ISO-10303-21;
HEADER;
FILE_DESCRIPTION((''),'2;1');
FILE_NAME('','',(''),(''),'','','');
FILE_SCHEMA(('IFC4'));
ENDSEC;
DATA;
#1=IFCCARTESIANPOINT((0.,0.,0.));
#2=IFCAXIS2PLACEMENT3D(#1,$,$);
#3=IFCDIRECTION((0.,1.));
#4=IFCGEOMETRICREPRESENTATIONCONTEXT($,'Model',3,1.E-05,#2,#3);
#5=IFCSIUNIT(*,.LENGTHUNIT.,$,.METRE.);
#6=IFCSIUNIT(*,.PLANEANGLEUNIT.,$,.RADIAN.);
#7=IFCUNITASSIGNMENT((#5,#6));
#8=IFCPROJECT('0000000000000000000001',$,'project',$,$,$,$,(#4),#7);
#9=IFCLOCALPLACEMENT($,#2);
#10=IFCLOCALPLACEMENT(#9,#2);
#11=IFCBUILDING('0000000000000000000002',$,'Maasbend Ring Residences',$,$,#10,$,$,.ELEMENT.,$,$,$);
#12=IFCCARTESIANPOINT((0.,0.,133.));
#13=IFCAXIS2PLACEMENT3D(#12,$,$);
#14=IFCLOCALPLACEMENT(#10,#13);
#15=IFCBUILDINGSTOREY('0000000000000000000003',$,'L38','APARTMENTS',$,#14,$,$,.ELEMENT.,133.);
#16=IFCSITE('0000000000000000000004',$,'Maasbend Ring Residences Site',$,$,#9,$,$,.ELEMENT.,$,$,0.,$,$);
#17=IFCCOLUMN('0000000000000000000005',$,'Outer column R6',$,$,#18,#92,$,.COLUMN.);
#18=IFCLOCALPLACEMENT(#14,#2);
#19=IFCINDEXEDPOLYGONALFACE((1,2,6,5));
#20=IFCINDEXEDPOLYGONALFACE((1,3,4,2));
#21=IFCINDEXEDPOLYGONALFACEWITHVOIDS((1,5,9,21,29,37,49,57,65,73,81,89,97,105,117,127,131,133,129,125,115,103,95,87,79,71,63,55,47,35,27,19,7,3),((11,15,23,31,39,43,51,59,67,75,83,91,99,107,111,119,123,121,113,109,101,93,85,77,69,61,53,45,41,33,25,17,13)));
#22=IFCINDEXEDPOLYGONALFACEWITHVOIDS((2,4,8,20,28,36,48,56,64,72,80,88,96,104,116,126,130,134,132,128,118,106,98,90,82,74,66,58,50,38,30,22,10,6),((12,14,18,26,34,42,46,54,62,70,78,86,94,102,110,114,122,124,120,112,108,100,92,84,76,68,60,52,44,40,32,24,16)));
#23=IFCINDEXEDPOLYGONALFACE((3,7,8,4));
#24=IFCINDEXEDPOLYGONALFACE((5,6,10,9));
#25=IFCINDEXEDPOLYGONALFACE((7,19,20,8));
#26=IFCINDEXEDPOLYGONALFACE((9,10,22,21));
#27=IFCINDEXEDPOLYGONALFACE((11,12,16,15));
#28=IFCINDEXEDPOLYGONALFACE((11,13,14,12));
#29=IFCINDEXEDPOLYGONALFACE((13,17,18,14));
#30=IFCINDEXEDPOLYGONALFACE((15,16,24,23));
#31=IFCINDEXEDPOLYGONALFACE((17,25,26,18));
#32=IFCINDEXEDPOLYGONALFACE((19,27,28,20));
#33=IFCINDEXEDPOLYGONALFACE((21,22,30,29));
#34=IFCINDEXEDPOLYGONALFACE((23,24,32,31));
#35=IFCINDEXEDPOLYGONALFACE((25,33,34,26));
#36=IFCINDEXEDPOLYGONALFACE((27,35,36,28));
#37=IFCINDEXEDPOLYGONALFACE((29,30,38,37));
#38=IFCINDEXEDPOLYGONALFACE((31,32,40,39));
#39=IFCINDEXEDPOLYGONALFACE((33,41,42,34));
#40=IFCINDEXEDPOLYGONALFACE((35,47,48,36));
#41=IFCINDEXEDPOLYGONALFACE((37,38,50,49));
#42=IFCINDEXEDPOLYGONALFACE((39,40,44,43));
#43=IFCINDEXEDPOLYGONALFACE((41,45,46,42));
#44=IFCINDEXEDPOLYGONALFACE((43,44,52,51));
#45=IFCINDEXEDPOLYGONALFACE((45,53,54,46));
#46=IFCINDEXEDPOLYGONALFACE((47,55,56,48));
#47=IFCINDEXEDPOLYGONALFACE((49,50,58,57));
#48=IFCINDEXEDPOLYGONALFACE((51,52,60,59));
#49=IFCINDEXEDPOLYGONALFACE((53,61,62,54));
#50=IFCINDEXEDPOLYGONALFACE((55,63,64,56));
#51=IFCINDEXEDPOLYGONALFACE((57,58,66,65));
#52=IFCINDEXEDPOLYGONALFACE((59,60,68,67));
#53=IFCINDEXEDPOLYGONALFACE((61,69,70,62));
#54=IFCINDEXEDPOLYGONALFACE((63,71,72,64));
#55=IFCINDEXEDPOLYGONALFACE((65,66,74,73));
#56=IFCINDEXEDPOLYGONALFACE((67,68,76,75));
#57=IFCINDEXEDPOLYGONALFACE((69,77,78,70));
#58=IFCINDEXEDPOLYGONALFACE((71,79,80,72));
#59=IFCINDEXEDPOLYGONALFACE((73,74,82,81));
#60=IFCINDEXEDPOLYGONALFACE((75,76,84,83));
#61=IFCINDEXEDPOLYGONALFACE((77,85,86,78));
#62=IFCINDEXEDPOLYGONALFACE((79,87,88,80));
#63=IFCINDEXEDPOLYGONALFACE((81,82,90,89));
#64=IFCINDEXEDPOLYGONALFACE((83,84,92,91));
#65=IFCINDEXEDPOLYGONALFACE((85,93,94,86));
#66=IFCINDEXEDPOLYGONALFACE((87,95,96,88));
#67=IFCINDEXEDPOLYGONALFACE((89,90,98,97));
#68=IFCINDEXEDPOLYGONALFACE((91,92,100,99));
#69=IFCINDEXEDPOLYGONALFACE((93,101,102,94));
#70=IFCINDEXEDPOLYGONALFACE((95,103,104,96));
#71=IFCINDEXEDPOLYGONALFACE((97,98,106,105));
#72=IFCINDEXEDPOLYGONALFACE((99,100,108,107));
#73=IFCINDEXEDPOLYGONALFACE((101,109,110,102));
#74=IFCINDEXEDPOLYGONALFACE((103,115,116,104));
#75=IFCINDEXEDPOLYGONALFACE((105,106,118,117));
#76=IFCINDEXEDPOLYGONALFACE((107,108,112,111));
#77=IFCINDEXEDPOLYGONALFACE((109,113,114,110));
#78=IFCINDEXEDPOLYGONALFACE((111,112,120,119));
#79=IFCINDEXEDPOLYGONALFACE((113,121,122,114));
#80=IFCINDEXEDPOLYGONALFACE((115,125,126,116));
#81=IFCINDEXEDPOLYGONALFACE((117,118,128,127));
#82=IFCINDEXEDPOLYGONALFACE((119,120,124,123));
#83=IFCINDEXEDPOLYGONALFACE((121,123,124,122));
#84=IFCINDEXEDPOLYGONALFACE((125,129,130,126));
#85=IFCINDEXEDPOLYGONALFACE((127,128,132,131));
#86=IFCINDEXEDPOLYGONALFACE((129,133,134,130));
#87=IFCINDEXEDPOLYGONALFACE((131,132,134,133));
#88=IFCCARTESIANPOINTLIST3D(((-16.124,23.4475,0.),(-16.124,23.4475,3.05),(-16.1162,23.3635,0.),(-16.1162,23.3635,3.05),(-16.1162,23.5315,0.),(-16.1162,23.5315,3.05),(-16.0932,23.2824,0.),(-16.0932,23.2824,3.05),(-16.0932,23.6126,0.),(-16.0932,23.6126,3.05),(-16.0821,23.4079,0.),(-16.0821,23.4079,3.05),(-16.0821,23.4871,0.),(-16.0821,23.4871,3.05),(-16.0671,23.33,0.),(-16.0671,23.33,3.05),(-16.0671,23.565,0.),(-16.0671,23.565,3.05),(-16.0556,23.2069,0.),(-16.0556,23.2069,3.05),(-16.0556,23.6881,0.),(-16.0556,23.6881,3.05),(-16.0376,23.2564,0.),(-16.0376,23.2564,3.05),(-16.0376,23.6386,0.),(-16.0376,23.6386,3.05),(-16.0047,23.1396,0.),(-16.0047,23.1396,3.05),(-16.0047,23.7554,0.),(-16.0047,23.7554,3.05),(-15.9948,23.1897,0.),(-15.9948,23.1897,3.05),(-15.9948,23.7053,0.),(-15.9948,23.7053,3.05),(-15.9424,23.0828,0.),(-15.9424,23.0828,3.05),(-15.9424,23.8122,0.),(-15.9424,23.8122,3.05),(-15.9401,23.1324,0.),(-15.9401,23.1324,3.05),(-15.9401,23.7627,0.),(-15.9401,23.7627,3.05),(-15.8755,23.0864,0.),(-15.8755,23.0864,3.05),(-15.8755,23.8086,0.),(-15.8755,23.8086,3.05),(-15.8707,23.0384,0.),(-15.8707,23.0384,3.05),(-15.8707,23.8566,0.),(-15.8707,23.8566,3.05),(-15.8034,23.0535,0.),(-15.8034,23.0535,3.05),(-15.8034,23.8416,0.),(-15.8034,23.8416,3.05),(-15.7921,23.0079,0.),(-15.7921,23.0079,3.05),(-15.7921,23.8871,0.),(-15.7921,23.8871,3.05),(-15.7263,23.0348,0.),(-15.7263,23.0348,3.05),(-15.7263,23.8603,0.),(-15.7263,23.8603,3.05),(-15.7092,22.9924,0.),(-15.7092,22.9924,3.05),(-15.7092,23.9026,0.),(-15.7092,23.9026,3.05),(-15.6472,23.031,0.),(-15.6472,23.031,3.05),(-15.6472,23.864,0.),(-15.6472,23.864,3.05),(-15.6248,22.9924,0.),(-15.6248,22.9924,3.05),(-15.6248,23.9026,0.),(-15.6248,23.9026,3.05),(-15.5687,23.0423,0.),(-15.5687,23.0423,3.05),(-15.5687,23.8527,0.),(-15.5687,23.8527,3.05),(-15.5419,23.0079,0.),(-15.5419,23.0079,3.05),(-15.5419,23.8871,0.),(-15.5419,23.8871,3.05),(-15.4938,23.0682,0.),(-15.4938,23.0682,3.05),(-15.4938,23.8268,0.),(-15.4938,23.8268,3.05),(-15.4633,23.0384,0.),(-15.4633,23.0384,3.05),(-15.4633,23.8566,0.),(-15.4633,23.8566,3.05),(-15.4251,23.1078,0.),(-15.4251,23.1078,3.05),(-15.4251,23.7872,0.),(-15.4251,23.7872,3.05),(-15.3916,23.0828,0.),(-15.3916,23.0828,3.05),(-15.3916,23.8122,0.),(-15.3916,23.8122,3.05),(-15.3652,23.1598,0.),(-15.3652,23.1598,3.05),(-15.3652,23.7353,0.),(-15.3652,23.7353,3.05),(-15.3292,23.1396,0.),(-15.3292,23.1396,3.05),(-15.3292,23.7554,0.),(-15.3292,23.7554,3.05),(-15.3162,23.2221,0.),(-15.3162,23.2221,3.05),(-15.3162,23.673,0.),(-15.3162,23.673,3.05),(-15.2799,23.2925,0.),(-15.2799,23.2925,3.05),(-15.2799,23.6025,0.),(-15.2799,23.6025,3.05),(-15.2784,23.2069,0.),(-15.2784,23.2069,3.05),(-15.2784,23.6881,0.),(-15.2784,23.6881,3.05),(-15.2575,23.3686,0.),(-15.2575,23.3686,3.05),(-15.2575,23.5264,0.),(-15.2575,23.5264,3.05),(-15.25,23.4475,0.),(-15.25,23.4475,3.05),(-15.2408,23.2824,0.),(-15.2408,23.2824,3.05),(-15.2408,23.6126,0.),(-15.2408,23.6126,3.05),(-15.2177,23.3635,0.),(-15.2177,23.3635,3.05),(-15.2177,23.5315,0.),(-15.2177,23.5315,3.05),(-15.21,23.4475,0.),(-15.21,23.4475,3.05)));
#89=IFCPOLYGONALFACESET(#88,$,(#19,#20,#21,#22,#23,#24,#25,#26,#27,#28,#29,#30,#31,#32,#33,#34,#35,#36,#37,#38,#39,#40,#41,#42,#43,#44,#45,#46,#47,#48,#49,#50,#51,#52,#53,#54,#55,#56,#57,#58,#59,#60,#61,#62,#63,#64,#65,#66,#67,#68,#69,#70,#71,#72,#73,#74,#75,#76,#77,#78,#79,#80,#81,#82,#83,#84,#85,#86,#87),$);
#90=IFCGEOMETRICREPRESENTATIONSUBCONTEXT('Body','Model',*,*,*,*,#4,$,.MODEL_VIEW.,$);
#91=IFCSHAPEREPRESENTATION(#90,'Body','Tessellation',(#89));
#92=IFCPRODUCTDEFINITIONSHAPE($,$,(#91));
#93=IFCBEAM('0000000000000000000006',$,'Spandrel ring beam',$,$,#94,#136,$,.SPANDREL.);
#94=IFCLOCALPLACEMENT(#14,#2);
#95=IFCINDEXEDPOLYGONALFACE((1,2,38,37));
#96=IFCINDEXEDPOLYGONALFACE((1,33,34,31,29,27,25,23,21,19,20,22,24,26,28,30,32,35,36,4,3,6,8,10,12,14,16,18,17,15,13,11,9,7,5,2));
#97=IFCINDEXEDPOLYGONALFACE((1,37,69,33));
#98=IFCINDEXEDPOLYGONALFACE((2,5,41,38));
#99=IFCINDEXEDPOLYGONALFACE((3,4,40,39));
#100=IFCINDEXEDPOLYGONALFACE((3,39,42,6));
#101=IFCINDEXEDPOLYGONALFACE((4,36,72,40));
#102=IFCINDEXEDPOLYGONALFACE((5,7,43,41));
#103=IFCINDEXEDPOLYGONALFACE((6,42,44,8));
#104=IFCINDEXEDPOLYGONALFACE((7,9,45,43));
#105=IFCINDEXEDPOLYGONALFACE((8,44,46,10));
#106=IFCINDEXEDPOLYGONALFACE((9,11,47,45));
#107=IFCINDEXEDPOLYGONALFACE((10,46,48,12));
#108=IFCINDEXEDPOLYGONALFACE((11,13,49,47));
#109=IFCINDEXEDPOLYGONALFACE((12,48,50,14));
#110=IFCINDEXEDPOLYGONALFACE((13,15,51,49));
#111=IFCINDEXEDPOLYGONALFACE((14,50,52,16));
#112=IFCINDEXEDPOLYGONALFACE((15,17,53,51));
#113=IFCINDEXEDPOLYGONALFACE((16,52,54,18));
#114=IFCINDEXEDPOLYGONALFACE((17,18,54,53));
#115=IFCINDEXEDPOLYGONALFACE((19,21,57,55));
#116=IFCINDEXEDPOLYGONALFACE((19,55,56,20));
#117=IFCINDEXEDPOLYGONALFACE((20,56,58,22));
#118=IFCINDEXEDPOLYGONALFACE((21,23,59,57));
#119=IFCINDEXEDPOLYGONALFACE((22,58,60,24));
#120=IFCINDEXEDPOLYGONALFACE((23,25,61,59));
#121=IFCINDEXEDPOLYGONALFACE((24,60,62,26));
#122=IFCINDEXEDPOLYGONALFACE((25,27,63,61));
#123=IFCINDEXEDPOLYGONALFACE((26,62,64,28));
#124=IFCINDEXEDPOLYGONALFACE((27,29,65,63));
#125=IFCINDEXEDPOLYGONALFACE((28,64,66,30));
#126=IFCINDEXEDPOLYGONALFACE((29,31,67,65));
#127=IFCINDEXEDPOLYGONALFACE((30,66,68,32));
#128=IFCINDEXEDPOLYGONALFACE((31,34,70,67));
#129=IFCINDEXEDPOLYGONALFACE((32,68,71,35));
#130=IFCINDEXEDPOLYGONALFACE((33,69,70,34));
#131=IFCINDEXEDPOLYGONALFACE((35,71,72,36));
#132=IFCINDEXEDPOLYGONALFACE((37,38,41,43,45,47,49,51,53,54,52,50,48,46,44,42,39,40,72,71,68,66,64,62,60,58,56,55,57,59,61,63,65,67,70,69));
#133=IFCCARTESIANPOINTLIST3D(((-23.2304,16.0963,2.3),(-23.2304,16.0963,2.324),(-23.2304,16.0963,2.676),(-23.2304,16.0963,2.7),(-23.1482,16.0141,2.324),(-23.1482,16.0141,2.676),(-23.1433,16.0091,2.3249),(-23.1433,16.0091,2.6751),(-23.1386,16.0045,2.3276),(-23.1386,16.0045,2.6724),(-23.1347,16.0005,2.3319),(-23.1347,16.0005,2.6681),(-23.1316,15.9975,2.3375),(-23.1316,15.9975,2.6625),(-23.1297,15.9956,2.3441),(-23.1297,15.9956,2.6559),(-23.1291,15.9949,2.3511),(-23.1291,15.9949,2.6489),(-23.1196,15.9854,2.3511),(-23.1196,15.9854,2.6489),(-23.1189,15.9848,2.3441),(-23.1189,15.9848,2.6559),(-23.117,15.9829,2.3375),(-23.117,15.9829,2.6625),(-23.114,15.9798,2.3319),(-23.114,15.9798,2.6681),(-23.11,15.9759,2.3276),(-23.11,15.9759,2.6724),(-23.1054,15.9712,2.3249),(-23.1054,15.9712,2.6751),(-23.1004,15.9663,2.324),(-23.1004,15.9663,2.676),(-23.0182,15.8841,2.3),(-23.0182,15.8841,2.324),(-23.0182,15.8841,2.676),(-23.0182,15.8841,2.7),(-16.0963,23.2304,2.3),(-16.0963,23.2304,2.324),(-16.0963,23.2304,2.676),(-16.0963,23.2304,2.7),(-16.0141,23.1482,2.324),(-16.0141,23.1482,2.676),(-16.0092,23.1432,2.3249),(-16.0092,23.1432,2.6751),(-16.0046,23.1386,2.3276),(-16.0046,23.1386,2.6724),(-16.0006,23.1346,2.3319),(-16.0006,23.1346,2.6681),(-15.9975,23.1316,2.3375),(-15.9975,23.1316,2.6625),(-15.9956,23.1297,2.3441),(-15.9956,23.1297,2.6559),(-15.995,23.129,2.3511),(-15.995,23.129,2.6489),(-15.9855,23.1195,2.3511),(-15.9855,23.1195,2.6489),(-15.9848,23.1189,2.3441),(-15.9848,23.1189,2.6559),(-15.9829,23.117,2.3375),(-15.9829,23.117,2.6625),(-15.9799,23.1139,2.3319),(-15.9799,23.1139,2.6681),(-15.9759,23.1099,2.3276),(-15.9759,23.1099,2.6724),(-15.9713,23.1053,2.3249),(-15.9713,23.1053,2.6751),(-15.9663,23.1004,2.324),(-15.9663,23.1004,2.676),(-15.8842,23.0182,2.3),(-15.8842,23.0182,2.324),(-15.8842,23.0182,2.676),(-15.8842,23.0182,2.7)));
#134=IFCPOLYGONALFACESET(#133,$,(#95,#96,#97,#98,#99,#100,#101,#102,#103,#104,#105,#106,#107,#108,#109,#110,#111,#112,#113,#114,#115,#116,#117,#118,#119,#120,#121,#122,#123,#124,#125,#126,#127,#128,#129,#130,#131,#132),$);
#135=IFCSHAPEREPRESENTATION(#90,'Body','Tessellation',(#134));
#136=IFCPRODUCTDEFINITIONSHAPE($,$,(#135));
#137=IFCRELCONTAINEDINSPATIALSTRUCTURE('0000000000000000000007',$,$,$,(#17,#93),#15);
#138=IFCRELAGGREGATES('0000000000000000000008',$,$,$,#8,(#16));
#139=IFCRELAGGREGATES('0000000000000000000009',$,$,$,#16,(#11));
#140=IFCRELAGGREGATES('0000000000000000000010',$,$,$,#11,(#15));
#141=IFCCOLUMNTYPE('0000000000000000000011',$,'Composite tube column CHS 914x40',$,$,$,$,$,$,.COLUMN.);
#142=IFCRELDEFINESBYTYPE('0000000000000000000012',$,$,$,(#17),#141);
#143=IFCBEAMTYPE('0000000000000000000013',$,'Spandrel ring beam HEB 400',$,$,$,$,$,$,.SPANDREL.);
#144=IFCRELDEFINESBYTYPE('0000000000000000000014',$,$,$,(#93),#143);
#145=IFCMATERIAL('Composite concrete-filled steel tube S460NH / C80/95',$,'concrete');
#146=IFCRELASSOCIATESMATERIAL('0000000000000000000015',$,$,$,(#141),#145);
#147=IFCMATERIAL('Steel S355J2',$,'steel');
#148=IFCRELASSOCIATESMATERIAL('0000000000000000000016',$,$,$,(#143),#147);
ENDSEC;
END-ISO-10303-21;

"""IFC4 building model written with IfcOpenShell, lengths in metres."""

from ifc_helpers import new_model, si_unit, direction, frame, origin, origin_2d, place, context, subcontext, project, spatial, hollow_circle, i_section, extrude, material, material_profile, profile_set, type_object, element, save


model = new_model("IFC4")

# Units and contexts
model_context = context("Model", 3, precision=1e-05, world=origin(), true_north=direction((0.0, 1.0)))
body_context = subcontext(model_context, "Body", "Model", "MODEL_VIEW")
ifc_project = project(units=[si_unit("LENGTHUNIT", "METRE"), si_unit("PLANEANGLEUNIT", "RADIAN")], contexts=[model_context])

# Site, building, storey
site_placement = place(None, origin())
site = spatial("IfcSite", under=ifc_project, at=site_placement, Name="Maasbend Ring Residences Site", CompositionType="ELEMENT", RefElevation=0.0)
building_placement = place(site_placement, origin())
building = spatial("IfcBuilding", under=site, at=building_placement, Name="Maasbend Ring Residences", CompositionType="ELEMENT")
storey_placement = place(building_placement, frame((0.0, 0.0, 133.0)))
storey = spatial("IfcBuildingStorey", under=building, at=storey_placement, Name="L38", Description="APARTMENTS", CompositionType="ELEMENT", Elevation=133.0)

# Column
ifc_material_1 = material(Name="Composite concrete-filled steel tube S460NH / C80/95", Category="concrete")
ifc_material_profile_1 = material_profile(ifc_material_1, hollow_circle(Radius=0.457, WallThickness=0.04, at=origin_2d()), Name="Composite tube column CHS 914x40")
ifc_profile_set_1 = profile_set([ifc_material_profile_1], Name="Composite concrete-filled steel tube S460NH / C80/95")
column_type = type_object("IfcColumnType", Name="Composite tube column CHS 914x40", PredefinedType="COLUMN", material=ifc_profile_set_1)
column_placement = place(storey_placement, frame((-15.667, 23.4475, 0.0), z_axis=(0.0, 0.0, 1.0), x_axis=(1.0, 0.0, 0.0)))
element("IfcColumn", 1, at=column_placement, inside=storey, type_object=column_type, Name="Outer column R6", PredefinedType="COLUMN", context=body_context, shape_type="SweptSolid", body=[
    extrude(hollow_circle(Radius=0.457, WallThickness=0.04, at=origin_2d()), origin(), (0.0, 0.0, 1.0), 3.05),
])

# Beam
ifc_material_2 = material(Name="Steel S355J2", Category="steel")
ifc_material_profile_2 = material_profile(ifc_material_2, i_section(OverallWidth=0.3, OverallDepth=0.3999, WebThickness=0.0134, FlangeThickness=0.0239, FilletRadius=0.0271, at=origin_2d()), Name="HEB 400")
ifc_profile_set_2 = profile_set([ifc_material_profile_2], Name="Steel S355J2")
beam_type = type_object("IfcBeamType", Name="Spandrel ring beam HEB 400", PredefinedType="SPANDREL", material=ifc_profile_set_2)
beam_placement = place(storey_placement, frame((-15.9902, 23.1243, 2.5), z_axis=(-0.707107, -0.707107, 0.0), x_axis=(0.707107, -0.707107, 0.0)))
element("IfcBeam", 2, at=beam_placement, inside=storey, type_object=beam_type, Name="Spandrel ring beam", PredefinedType="SPANDREL", context=body_context, shape_type="SweptSolid", body=[
    extrude(i_section(OverallWidth=0.3, OverallDepth=0.3999, WebThickness=0.0134, FlangeThickness=0.0239, FilletRadius=0.0271, at=origin_2d()), origin(), (0.0, 0.0, 1.0), 10.0891),
])

save(model, "model.ifc")
